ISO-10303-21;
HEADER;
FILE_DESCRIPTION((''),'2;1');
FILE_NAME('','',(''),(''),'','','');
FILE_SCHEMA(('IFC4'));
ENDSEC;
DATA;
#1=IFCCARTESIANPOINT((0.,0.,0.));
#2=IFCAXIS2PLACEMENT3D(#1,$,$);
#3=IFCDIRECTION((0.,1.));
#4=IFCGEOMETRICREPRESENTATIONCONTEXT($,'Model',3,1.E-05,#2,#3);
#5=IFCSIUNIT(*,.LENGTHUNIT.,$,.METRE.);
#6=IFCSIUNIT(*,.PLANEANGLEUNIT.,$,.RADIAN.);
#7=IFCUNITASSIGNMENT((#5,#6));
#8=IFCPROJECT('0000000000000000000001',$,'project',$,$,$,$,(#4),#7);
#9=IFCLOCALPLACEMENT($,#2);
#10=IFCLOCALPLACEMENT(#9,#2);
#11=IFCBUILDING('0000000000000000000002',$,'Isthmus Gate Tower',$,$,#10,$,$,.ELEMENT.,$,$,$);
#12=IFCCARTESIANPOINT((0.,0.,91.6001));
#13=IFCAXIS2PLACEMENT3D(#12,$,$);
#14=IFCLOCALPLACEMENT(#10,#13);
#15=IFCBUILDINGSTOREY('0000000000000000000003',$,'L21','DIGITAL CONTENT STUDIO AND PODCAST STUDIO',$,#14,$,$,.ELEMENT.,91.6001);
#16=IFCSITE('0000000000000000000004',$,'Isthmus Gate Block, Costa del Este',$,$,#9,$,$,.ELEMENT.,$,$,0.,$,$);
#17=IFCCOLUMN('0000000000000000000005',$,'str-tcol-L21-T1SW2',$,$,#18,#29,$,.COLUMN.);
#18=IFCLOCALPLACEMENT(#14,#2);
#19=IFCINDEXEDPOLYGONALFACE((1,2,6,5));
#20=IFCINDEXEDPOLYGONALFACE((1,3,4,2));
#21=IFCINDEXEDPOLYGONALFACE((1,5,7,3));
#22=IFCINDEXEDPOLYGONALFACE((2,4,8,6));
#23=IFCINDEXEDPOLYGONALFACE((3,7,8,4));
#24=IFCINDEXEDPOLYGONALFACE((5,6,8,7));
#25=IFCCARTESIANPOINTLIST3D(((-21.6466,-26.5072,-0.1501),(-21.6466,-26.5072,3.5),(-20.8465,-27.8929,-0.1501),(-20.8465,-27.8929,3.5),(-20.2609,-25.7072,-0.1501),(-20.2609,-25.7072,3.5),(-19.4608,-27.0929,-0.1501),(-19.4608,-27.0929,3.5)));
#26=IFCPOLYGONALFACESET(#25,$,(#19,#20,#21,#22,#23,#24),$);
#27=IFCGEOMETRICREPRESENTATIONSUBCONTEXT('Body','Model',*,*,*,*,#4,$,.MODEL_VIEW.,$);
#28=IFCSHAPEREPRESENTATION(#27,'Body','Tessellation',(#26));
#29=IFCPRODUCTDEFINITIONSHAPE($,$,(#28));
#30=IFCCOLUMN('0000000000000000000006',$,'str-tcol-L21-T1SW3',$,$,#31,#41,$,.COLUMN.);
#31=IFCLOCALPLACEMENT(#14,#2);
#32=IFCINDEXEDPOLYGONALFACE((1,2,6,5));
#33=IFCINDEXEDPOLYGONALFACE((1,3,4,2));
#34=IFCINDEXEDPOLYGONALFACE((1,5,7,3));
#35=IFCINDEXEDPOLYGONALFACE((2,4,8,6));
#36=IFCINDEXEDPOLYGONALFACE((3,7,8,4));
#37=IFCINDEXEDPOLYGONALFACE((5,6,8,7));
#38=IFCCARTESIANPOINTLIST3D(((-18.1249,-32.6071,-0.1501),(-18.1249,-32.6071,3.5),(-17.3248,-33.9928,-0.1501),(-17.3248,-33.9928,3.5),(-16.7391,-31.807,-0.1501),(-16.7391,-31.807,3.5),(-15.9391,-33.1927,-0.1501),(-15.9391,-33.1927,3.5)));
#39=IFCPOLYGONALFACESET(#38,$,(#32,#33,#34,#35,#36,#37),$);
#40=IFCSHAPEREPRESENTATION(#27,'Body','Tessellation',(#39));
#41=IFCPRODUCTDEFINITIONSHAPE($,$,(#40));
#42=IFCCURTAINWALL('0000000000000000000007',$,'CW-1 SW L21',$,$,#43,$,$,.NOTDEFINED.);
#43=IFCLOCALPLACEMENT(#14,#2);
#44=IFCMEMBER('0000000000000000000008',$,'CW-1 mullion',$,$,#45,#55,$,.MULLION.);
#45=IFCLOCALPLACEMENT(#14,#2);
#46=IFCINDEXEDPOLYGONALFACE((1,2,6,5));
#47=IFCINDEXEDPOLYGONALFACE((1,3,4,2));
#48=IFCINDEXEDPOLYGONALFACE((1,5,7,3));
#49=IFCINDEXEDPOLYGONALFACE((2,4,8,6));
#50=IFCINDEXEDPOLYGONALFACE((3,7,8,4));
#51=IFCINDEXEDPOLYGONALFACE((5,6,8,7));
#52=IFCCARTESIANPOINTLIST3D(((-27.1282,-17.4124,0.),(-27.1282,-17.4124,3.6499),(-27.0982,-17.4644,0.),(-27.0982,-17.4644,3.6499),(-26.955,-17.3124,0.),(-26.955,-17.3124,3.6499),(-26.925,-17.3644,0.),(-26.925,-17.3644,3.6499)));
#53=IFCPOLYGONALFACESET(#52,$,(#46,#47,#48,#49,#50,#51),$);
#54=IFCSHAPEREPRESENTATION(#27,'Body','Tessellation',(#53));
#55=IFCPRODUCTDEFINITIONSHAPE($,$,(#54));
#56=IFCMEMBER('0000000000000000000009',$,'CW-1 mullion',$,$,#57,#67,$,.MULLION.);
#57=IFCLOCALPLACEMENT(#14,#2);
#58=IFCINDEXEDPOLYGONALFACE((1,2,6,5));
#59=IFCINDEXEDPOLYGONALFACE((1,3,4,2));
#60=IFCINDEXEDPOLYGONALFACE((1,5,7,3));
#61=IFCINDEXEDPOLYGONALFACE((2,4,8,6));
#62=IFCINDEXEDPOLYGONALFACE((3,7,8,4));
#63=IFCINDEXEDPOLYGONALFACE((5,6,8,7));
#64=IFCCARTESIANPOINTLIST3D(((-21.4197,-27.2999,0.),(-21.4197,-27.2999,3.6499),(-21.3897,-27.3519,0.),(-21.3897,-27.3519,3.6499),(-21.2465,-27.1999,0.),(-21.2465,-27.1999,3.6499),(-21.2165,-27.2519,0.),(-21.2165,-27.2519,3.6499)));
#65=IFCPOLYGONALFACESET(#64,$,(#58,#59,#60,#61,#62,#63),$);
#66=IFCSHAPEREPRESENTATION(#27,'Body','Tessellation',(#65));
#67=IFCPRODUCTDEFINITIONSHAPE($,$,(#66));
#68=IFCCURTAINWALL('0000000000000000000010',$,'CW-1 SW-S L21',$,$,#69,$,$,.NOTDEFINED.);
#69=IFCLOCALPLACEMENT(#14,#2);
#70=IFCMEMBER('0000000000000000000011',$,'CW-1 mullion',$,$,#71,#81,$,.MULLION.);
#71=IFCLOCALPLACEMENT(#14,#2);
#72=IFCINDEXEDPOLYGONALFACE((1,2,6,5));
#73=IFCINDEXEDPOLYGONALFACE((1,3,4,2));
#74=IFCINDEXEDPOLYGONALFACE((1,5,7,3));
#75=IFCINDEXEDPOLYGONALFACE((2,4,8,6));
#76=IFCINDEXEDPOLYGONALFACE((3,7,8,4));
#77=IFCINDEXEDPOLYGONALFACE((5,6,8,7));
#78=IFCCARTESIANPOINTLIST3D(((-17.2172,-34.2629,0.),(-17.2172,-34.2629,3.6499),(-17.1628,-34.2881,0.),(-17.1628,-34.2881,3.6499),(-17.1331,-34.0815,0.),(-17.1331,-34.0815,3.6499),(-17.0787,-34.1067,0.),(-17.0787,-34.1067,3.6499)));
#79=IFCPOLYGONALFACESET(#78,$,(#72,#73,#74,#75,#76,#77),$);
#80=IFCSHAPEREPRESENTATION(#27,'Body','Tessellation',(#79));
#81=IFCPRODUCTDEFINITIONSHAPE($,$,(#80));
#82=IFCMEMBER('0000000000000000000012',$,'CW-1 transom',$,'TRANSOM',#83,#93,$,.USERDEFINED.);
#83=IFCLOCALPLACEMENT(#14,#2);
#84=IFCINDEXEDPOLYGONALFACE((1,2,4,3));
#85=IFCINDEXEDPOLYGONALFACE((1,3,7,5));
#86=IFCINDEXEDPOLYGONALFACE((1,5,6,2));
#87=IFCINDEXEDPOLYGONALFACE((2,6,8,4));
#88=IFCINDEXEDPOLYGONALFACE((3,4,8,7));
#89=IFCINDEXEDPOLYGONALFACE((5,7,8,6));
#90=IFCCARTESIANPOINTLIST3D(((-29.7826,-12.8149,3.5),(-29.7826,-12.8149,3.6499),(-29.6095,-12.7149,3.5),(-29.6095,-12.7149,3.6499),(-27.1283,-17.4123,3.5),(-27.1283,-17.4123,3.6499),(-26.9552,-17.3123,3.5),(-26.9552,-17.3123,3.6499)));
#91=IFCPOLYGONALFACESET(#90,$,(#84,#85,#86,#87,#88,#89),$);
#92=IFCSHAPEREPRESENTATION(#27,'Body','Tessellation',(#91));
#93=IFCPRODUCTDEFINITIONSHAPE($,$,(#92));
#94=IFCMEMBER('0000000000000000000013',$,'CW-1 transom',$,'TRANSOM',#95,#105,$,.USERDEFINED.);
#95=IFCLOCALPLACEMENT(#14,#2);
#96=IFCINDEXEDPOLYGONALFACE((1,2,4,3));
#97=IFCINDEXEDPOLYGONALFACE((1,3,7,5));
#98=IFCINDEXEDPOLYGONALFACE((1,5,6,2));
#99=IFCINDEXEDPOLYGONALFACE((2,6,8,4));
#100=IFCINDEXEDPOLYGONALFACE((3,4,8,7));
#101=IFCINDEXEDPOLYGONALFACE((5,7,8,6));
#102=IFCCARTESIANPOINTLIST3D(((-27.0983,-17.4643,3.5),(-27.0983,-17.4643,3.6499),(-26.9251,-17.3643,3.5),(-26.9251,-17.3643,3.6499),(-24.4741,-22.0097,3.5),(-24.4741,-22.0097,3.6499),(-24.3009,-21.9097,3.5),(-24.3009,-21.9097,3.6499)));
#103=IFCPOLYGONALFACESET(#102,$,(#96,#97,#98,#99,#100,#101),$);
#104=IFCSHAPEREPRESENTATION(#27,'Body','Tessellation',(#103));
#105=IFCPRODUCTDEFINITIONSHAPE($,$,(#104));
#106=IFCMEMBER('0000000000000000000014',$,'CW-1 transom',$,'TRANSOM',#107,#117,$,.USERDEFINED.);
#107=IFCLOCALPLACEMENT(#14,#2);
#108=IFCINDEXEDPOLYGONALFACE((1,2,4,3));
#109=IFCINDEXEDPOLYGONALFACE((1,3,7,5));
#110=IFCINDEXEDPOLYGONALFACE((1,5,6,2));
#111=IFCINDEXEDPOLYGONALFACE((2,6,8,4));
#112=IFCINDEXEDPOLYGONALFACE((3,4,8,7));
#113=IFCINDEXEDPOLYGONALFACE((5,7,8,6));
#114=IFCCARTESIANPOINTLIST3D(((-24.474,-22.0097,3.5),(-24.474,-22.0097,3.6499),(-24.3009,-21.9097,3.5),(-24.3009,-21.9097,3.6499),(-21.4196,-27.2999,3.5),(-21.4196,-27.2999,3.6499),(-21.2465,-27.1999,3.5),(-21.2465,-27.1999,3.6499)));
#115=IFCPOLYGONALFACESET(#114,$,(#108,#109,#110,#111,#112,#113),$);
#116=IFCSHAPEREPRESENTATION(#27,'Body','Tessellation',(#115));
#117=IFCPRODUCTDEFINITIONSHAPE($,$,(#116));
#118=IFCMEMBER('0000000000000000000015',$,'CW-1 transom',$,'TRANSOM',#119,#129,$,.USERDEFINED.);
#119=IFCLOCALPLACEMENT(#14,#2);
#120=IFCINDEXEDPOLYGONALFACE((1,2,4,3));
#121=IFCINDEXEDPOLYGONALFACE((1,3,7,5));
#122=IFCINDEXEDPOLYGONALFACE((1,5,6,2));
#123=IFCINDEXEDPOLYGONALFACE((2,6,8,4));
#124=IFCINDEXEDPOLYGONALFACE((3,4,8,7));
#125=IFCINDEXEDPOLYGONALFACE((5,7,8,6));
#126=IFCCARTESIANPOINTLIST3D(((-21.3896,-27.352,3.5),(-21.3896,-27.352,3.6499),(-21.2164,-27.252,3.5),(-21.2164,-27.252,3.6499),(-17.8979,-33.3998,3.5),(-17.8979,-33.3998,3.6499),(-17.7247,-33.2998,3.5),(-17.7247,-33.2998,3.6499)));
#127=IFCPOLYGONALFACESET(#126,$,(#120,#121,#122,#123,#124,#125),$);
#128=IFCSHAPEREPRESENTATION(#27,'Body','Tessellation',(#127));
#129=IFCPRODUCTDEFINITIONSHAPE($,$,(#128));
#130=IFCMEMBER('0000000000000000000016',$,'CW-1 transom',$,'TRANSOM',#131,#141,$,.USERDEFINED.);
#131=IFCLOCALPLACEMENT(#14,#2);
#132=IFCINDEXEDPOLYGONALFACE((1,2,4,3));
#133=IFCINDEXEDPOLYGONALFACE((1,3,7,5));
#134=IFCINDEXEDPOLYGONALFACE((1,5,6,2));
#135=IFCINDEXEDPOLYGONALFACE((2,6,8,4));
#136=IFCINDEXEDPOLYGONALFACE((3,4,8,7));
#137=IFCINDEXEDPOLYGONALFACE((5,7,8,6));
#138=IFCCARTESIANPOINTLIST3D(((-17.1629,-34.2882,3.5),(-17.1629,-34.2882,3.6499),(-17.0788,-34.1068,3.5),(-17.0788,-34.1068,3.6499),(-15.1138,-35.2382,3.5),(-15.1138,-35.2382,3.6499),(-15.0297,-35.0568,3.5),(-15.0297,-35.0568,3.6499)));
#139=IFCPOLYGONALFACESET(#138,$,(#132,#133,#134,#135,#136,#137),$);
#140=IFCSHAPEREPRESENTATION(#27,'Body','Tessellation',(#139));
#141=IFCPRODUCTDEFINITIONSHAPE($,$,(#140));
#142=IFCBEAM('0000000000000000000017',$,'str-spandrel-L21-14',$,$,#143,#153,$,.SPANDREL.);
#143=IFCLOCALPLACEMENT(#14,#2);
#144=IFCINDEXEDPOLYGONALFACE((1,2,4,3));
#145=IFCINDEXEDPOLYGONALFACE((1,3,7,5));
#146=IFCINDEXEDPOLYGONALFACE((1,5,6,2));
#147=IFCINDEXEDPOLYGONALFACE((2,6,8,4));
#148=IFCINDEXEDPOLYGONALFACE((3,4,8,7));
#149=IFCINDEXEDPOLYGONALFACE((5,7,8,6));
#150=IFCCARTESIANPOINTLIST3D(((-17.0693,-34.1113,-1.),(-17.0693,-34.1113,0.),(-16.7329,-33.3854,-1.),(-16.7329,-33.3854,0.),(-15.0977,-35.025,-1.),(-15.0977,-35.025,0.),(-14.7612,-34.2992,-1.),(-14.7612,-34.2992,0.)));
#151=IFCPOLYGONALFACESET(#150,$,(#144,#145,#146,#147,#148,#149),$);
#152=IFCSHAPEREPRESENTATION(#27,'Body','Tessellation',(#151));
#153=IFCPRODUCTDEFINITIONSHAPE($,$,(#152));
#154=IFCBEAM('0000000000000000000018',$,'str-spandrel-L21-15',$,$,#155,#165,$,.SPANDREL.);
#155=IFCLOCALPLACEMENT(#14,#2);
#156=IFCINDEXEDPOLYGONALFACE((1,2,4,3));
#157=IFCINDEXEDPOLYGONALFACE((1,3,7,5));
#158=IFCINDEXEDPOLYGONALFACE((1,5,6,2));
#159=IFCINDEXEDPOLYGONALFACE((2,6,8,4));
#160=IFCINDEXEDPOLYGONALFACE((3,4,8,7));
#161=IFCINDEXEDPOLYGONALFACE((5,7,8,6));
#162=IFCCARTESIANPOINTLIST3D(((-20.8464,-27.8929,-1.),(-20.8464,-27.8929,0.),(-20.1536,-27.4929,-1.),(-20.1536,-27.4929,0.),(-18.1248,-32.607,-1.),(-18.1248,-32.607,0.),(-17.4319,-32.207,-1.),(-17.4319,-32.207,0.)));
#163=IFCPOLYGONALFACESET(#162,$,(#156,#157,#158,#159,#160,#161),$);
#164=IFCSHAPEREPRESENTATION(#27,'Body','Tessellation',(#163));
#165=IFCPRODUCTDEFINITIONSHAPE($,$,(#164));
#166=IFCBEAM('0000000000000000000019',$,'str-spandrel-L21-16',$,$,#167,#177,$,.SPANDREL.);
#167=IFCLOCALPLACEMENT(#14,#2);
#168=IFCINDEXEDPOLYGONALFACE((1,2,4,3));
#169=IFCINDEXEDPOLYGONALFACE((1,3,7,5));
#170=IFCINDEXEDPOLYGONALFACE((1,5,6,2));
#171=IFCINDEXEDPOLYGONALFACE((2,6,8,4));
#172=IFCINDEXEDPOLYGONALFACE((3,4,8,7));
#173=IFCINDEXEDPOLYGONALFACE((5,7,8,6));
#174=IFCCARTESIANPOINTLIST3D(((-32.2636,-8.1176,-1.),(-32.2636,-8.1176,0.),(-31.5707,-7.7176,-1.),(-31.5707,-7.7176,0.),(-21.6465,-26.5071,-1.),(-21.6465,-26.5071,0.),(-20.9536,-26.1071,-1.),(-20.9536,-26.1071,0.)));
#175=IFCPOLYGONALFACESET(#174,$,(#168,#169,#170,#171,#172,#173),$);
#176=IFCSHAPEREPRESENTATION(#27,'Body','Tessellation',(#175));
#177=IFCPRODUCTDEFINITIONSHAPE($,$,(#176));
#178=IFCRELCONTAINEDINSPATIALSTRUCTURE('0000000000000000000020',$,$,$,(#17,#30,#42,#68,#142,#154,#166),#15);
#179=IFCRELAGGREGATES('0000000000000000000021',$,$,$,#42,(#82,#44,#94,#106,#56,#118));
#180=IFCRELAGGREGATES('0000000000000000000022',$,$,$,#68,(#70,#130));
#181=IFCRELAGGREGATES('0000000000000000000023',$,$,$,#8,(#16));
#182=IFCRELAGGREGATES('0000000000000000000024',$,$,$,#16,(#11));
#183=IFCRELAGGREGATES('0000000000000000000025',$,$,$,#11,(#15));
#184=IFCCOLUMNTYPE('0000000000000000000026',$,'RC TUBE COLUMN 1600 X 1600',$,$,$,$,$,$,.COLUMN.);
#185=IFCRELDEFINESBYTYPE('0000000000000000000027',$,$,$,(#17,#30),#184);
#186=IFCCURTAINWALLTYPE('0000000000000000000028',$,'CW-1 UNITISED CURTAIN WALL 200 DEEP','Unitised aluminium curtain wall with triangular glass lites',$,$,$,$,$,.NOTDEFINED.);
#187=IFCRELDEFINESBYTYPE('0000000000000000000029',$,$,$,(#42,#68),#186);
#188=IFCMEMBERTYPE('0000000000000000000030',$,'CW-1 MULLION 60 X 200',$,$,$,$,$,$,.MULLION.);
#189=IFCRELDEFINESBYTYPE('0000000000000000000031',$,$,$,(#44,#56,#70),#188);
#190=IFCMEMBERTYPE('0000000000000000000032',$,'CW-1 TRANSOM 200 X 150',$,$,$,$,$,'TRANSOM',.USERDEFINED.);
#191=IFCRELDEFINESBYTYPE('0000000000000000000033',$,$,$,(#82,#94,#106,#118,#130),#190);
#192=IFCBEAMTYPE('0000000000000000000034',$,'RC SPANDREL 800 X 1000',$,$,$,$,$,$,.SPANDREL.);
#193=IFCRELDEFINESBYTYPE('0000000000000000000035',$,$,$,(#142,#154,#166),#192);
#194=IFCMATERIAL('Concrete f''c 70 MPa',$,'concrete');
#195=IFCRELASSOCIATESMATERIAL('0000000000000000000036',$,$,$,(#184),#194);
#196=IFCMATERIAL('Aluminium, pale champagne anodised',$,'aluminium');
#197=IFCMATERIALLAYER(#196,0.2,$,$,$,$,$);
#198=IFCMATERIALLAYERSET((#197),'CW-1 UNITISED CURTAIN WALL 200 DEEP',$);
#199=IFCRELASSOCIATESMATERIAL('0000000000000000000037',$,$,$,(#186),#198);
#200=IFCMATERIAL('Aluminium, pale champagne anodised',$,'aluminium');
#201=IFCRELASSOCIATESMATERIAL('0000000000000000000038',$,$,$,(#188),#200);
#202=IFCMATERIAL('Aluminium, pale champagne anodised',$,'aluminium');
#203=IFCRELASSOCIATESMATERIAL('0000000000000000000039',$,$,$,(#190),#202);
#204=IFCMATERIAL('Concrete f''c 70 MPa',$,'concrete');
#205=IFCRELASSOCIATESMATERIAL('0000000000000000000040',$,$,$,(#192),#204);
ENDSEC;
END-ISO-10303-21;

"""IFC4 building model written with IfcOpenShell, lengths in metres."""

from ifc_helpers import new_model, si_unit, direction, frame, origin, origin_2d, place, context, subcontext, project, spatial, rectangle, extrude, material, layer, layer_set, material_profile, profile_set, type_object, element, aggregate, save


model = new_model("IFC4")

# Units and contexts
model_context = context("Model", 3, precision=1e-05, world=origin(), true_north=direction((0.0, 1.0)))
body_context = subcontext(model_context, "Body", "Model", "MODEL_VIEW")
ifc_project = project(units=[si_unit("LENGTHUNIT", "METRE"), si_unit("PLANEANGLEUNIT", "RADIAN")], contexts=[model_context])

# Site, building, storey
site_placement = place(None, origin())
site = spatial("IfcSite", under=ifc_project, at=site_placement, Name="Isthmus Gate Block, Costa del Este", CompositionType="ELEMENT", RefElevation=0.0)
building_placement = place(site_placement, origin())
building = spatial("IfcBuilding", under=site, at=building_placement, Name="Isthmus Gate Tower", CompositionType="ELEMENT")
storey_placement = place(building_placement, frame((0.0, 0.0, 91.6001)))
storey = spatial("IfcBuildingStorey", under=building, at=storey_placement, Name="L21", Description="DIGITAL CONTENT STUDIO AND PODCAST STUDIO", CompositionType="ELEMENT", Elevation=91.6001)

# Columns
ifc_material_1 = material(Name="Concrete f'c 70 MPa", Category="concrete")
ifc_material_profile_1 = material_profile(ifc_material_1, rectangle(XDim=1.6001, YDim=1.6001, at=origin_2d()), Name="RC 1600X1600")
ifc_profile_set_1 = profile_set([ifc_material_profile_1], Name="Concrete f'c 70 MPa")
column_type = type_object("IfcColumnType", Name="RC TUBE COLUMN 1600 X 1600", PredefinedType="COLUMN", material=ifc_profile_set_1)
for number, where, z_axis, x_axis, name in (
    (1, (-20.5537, -26.8, -0.1501), (0.0, 0.0, 1.0), (0.5, -0.866025, 0.0), "str-tcol-L21-T1SW2"),
    (2, (-17.032, -32.8999, -0.1501), (0.0, 0.0, 1.0), (0.5, -0.866025, 0.0), "str-tcol-L21-T1SW3"),
):
    element("IfcColumn", number, at=place(storey_placement, frame(where, z_axis=z_axis, x_axis=x_axis)), inside=storey, type_object=column_type, Name=name, PredefinedType="COLUMN", context=body_context, shape_type="SweptSolid", body=[
        extrude(rectangle(XDim=1.6001, YDim=1.6001, at=origin_2d()), origin(), (0.0, 0.0, 1.0), 3.6501),
    ])

# Curtain wall, members
ifc_material_2 = material(Name="Aluminium, pale champagne anodised", Category="aluminium")
ifc_layer_1 = layer(ifc_material_2, 0.2)
ifc_layer_set_1 = layer_set([ifc_layer_1], Name="CW-1 UNITISED CURTAIN WALL 200 DEEP")
curtain_wall_type = type_object("IfcCurtainWallType", Name="CW-1 UNITISED CURTAIN WALL 200 DEEP", Description="Unitised aluminium curtain wall with triangular glass lites", PredefinedType="NOTDEFINED", material=ifc_layer_set_1)
curtain_wall_1_placement = place(storey_placement, origin())
curtain_wall_1 = element("IfcCurtainWall", 3, at=curtain_wall_1_placement, inside=storey, type_object=curtain_wall_type, Name="CW-1 SW L21", PredefinedType="NOTDEFINED")
ifc_material_3 = material(Name="Aluminium, pale champagne anodised", Category="aluminium")
ifc_material_profile_2 = material_profile(ifc_material_3, rectangle(XDim=0.0601, YDim=0.2, at=origin_2d()), Name="60x200")
ifc_profile_set_2 = profile_set([ifc_material_profile_2], Name="Aluminium, pale champagne anodised")
member_type_1 = type_object("IfcMemberType", Name="CW-1 MULLION 60 X 200", PredefinedType="MULLION", material=ifc_profile_set_2)
member_1_placement = place(storey_placement, frame((-27.0266, -17.3884, 0.0), z_axis=(0.0, 0.0, 1.0), x_axis=(0.5, -0.866025, 0.0)))
member_1 = element("IfcMember", 4, at=member_1_placement, type_object=member_type_1, Name="CW-1 mullion", PredefinedType="MULLION", context=body_context, shape_type="SweptSolid", body=[
    extrude(rectangle(XDim=0.0601, YDim=0.2, at=origin_2d()), origin(), (0.0, 0.0, 1.0), 3.6499),
])
member_2_placement = place(storey_placement, frame((-21.3181, -27.2759, 0.0), z_axis=(0.0, 0.0, 1.0), x_axis=(0.5, -0.866025, 0.0)))
member_2 = element("IfcMember", 5, at=member_2_placement, type_object=member_type_1, Name="CW-1 mullion", PredefinedType="MULLION", context=body_context, shape_type="SweptSolid", body=[
    extrude(rectangle(XDim=0.0601, YDim=0.2, at=origin_2d()), origin(), (0.0, 0.0, 1.0), 3.6499),
])

# Curtain wall, member
curtain_wall_2_placement = place(storey_placement, origin())
curtain_wall_2 = element("IfcCurtainWall", 6, at=curtain_wall_2_placement, inside=storey, type_object=curtain_wall_type, Name="CW-1 SW-S L21", PredefinedType="NOTDEFINED")
member_3_placement = place(storey_placement, frame((-17.1479, -34.1848, 0.0), z_axis=(0.0, 0.0, 1.0), x_axis=(0.907256, -0.420578, 0.0)))
member_3 = element("IfcMember", 7, at=member_3_placement, type_object=member_type_1, Name="CW-1 mullion", PredefinedType="MULLION", context=body_context, shape_type="SweptSolid", body=[
    extrude(rectangle(XDim=0.0601, YDim=0.2, at=origin_2d()), origin(), (0.0, 0.0, 1.0), 3.6499),
])

# Members
ifc_material_4 = material(Name="Aluminium, pale champagne anodised", Category="aluminium")
ifc_material_profile_3 = material_profile(ifc_material_4, rectangle(XDim=0.2, YDim=0.1499, at=origin_2d()), Name="200x150")
ifc_profile_set_3 = profile_set([ifc_material_profile_3], Name="Aluminium, pale champagne anodised")
member_type_2 = type_object("IfcMemberType", Name="CW-1 TRANSOM 200 X 150", ElementType="TRANSOM", PredefinedType="USERDEFINED", material=ifc_profile_set_3)
member_4_placement = place(storey_placement, frame((-29.696, -12.7649, 3.575), z_axis=(0.499997, -0.866027, 0.0), x_axis=(0.866027, 0.499997, 0.0)))
member_4 = element("IfcMember", 8, at=member_4_placement, type_object=member_type_2, Name="CW-1 transom", ObjectType="TRANSOM", PredefinedType="USERDEFINED", context=body_context, shape_type="SweptSolid", body=[
    extrude(rectangle(XDim=0.2, YDim=0.1499, at=origin_2d()), origin(), (0.0, 0.0, 1.0), 5.3086),
])
member_5_placement = place(storey_placement, frame((-27.0117, -17.4143, 3.575), z_axis=(0.499996, -0.866028, 0.0), x_axis=(0.866028, 0.499996, 0.0)))
member_5 = element("IfcMember", 9, at=member_5_placement, type_object=member_type_2, Name="CW-1 transom", ObjectType="TRANSOM", PredefinedType="USERDEFINED", context=body_context, shape_type="SweptSolid", body=[
    extrude(rectangle(XDim=0.2, YDim=0.1499, at=origin_2d()), origin(), (0.0, 0.0, 1.0), 5.2485),
])
member_6_placement = place(storey_placement, frame((-24.3875, -21.9597, 3.575), z_axis=(0.500012, -0.866019, 0.0), x_axis=(0.866019, 0.500012, 0.0)))
member_6 = element("IfcMember", 10, at=member_6_placement, type_object=member_type_2, Name="CW-1 transom", ObjectType="TRANSOM", PredefinedType="USERDEFINED", context=body_context, shape_type="SweptSolid", body=[
    extrude(rectangle(XDim=0.2, YDim=0.1499, at=origin_2d()), origin(), (0.0, 0.0, 1.0), 6.1086),
])
member_7_placement = place(storey_placement, frame((-21.303, -27.302, 3.575), z_axis=(0.499997, -0.866027, 0.0), x_axis=(0.866027, 0.499997, 0.0)))
member_7 = element("IfcMember", 11, at=member_7_placement, type_object=member_type_2, Name="CW-1 transom", ObjectType="TRANSOM", PredefinedType="USERDEFINED", context=body_context, shape_type="SweptSolid", body=[
    extrude(rectangle(XDim=0.2, YDim=0.1499, at=origin_2d()), origin(), (0.0, 0.0, 1.0), 6.9834),
])
member_8_placement = place(storey_placement, frame((-17.1208, -34.1975, 3.575), z_axis=(0.907246, -0.4206, 0.0), x_axis=(0.4206, 0.907246, 0.0)))
member_8 = element("IfcMember", 12, at=member_8_placement, type_object=member_type_2, Name="CW-1 transom", ObjectType="TRANSOM", PredefinedType="USERDEFINED", context=body_context, shape_type="SweptSolid", body=[
    extrude(rectangle(XDim=0.2, YDim=0.1499, at=origin_2d()), origin(), (0.0, 0.0, 1.0), 2.2585),
])

# Beams
ifc_material_5 = material(Name="Concrete f'c 70 MPa", Category="concrete")
ifc_material_profile_4 = material_profile(ifc_material_5, rectangle(XDim=0.8, YDim=1.0, at=origin_2d()), Name="RC 800X1000")
ifc_profile_set_4 = profile_set([ifc_material_profile_4], Name="Concrete f'c 70 MPa")
beam_type_1 = type_object("IfcBeamType", Name="RC SPANDREL 800 X 1000", PredefinedType="SPANDREL", material=ifc_profile_set_4)
beam_1_placement = place(storey_placement, frame((-14.9294, -34.6621, -0.5), z_axis=(-0.907291, 0.420504, 0.0), x_axis=(-0.420504, -0.907291, 0.0)))
element("IfcBeam", 13, at=beam_1_placement, inside=storey, type_object=beam_type_1, Name="str-spandrel-L21-14", PredefinedType="SPANDREL", context=body_context, shape_type="SweptSolid", body=[
    extrude(rectangle(XDim=0.8, YDim=1.0, at=origin_2d()), origin(), (0.0, 0.0, 1.0), 2.1731),
])
beam_2_placement = place(storey_placement, frame((-17.7783, -32.407, -0.5), z_axis=(-0.499998, 0.866026, 0.0), x_axis=(-0.866026, -0.499998, 0.0)))
element("IfcBeam", 14, at=beam_2_placement, inside=storey, type_object=beam_type_1, Name="str-spandrel-L21-15", PredefinedType="SPANDREL", context=body_context, shape_type="SweptSolid", body=[
    extrude(rectangle(XDim=0.8, YDim=1.0, at=origin_2d()), origin(), (0.0, 0.0, 1.0), 5.4434),
])
beam_3_placement = place(storey_placement, frame((-21.3, -26.3071, -0.5), z_axis=(-0.499997, 0.866027, 0.0), x_axis=(-0.866027, -0.499997, 0.0)))
element("IfcBeam", 15, at=beam_3_placement, inside=storey, type_object=beam_type_1, Name="str-spandrel-L21-16", PredefinedType="SPANDREL", context=body_context, shape_type="SweptSolid", body=[
    extrude(rectangle(XDim=0.8, YDim=1.0, at=origin_2d()), origin(), (0.0, 0.0, 1.0), 21.2344),
])

aggregate(curtain_wall_1, [member_4, member_1, member_5, member_6, member_2, member_7])
aggregate(curtain_wall_2, [member_3, member_8])

save(model, "model.ifc")
